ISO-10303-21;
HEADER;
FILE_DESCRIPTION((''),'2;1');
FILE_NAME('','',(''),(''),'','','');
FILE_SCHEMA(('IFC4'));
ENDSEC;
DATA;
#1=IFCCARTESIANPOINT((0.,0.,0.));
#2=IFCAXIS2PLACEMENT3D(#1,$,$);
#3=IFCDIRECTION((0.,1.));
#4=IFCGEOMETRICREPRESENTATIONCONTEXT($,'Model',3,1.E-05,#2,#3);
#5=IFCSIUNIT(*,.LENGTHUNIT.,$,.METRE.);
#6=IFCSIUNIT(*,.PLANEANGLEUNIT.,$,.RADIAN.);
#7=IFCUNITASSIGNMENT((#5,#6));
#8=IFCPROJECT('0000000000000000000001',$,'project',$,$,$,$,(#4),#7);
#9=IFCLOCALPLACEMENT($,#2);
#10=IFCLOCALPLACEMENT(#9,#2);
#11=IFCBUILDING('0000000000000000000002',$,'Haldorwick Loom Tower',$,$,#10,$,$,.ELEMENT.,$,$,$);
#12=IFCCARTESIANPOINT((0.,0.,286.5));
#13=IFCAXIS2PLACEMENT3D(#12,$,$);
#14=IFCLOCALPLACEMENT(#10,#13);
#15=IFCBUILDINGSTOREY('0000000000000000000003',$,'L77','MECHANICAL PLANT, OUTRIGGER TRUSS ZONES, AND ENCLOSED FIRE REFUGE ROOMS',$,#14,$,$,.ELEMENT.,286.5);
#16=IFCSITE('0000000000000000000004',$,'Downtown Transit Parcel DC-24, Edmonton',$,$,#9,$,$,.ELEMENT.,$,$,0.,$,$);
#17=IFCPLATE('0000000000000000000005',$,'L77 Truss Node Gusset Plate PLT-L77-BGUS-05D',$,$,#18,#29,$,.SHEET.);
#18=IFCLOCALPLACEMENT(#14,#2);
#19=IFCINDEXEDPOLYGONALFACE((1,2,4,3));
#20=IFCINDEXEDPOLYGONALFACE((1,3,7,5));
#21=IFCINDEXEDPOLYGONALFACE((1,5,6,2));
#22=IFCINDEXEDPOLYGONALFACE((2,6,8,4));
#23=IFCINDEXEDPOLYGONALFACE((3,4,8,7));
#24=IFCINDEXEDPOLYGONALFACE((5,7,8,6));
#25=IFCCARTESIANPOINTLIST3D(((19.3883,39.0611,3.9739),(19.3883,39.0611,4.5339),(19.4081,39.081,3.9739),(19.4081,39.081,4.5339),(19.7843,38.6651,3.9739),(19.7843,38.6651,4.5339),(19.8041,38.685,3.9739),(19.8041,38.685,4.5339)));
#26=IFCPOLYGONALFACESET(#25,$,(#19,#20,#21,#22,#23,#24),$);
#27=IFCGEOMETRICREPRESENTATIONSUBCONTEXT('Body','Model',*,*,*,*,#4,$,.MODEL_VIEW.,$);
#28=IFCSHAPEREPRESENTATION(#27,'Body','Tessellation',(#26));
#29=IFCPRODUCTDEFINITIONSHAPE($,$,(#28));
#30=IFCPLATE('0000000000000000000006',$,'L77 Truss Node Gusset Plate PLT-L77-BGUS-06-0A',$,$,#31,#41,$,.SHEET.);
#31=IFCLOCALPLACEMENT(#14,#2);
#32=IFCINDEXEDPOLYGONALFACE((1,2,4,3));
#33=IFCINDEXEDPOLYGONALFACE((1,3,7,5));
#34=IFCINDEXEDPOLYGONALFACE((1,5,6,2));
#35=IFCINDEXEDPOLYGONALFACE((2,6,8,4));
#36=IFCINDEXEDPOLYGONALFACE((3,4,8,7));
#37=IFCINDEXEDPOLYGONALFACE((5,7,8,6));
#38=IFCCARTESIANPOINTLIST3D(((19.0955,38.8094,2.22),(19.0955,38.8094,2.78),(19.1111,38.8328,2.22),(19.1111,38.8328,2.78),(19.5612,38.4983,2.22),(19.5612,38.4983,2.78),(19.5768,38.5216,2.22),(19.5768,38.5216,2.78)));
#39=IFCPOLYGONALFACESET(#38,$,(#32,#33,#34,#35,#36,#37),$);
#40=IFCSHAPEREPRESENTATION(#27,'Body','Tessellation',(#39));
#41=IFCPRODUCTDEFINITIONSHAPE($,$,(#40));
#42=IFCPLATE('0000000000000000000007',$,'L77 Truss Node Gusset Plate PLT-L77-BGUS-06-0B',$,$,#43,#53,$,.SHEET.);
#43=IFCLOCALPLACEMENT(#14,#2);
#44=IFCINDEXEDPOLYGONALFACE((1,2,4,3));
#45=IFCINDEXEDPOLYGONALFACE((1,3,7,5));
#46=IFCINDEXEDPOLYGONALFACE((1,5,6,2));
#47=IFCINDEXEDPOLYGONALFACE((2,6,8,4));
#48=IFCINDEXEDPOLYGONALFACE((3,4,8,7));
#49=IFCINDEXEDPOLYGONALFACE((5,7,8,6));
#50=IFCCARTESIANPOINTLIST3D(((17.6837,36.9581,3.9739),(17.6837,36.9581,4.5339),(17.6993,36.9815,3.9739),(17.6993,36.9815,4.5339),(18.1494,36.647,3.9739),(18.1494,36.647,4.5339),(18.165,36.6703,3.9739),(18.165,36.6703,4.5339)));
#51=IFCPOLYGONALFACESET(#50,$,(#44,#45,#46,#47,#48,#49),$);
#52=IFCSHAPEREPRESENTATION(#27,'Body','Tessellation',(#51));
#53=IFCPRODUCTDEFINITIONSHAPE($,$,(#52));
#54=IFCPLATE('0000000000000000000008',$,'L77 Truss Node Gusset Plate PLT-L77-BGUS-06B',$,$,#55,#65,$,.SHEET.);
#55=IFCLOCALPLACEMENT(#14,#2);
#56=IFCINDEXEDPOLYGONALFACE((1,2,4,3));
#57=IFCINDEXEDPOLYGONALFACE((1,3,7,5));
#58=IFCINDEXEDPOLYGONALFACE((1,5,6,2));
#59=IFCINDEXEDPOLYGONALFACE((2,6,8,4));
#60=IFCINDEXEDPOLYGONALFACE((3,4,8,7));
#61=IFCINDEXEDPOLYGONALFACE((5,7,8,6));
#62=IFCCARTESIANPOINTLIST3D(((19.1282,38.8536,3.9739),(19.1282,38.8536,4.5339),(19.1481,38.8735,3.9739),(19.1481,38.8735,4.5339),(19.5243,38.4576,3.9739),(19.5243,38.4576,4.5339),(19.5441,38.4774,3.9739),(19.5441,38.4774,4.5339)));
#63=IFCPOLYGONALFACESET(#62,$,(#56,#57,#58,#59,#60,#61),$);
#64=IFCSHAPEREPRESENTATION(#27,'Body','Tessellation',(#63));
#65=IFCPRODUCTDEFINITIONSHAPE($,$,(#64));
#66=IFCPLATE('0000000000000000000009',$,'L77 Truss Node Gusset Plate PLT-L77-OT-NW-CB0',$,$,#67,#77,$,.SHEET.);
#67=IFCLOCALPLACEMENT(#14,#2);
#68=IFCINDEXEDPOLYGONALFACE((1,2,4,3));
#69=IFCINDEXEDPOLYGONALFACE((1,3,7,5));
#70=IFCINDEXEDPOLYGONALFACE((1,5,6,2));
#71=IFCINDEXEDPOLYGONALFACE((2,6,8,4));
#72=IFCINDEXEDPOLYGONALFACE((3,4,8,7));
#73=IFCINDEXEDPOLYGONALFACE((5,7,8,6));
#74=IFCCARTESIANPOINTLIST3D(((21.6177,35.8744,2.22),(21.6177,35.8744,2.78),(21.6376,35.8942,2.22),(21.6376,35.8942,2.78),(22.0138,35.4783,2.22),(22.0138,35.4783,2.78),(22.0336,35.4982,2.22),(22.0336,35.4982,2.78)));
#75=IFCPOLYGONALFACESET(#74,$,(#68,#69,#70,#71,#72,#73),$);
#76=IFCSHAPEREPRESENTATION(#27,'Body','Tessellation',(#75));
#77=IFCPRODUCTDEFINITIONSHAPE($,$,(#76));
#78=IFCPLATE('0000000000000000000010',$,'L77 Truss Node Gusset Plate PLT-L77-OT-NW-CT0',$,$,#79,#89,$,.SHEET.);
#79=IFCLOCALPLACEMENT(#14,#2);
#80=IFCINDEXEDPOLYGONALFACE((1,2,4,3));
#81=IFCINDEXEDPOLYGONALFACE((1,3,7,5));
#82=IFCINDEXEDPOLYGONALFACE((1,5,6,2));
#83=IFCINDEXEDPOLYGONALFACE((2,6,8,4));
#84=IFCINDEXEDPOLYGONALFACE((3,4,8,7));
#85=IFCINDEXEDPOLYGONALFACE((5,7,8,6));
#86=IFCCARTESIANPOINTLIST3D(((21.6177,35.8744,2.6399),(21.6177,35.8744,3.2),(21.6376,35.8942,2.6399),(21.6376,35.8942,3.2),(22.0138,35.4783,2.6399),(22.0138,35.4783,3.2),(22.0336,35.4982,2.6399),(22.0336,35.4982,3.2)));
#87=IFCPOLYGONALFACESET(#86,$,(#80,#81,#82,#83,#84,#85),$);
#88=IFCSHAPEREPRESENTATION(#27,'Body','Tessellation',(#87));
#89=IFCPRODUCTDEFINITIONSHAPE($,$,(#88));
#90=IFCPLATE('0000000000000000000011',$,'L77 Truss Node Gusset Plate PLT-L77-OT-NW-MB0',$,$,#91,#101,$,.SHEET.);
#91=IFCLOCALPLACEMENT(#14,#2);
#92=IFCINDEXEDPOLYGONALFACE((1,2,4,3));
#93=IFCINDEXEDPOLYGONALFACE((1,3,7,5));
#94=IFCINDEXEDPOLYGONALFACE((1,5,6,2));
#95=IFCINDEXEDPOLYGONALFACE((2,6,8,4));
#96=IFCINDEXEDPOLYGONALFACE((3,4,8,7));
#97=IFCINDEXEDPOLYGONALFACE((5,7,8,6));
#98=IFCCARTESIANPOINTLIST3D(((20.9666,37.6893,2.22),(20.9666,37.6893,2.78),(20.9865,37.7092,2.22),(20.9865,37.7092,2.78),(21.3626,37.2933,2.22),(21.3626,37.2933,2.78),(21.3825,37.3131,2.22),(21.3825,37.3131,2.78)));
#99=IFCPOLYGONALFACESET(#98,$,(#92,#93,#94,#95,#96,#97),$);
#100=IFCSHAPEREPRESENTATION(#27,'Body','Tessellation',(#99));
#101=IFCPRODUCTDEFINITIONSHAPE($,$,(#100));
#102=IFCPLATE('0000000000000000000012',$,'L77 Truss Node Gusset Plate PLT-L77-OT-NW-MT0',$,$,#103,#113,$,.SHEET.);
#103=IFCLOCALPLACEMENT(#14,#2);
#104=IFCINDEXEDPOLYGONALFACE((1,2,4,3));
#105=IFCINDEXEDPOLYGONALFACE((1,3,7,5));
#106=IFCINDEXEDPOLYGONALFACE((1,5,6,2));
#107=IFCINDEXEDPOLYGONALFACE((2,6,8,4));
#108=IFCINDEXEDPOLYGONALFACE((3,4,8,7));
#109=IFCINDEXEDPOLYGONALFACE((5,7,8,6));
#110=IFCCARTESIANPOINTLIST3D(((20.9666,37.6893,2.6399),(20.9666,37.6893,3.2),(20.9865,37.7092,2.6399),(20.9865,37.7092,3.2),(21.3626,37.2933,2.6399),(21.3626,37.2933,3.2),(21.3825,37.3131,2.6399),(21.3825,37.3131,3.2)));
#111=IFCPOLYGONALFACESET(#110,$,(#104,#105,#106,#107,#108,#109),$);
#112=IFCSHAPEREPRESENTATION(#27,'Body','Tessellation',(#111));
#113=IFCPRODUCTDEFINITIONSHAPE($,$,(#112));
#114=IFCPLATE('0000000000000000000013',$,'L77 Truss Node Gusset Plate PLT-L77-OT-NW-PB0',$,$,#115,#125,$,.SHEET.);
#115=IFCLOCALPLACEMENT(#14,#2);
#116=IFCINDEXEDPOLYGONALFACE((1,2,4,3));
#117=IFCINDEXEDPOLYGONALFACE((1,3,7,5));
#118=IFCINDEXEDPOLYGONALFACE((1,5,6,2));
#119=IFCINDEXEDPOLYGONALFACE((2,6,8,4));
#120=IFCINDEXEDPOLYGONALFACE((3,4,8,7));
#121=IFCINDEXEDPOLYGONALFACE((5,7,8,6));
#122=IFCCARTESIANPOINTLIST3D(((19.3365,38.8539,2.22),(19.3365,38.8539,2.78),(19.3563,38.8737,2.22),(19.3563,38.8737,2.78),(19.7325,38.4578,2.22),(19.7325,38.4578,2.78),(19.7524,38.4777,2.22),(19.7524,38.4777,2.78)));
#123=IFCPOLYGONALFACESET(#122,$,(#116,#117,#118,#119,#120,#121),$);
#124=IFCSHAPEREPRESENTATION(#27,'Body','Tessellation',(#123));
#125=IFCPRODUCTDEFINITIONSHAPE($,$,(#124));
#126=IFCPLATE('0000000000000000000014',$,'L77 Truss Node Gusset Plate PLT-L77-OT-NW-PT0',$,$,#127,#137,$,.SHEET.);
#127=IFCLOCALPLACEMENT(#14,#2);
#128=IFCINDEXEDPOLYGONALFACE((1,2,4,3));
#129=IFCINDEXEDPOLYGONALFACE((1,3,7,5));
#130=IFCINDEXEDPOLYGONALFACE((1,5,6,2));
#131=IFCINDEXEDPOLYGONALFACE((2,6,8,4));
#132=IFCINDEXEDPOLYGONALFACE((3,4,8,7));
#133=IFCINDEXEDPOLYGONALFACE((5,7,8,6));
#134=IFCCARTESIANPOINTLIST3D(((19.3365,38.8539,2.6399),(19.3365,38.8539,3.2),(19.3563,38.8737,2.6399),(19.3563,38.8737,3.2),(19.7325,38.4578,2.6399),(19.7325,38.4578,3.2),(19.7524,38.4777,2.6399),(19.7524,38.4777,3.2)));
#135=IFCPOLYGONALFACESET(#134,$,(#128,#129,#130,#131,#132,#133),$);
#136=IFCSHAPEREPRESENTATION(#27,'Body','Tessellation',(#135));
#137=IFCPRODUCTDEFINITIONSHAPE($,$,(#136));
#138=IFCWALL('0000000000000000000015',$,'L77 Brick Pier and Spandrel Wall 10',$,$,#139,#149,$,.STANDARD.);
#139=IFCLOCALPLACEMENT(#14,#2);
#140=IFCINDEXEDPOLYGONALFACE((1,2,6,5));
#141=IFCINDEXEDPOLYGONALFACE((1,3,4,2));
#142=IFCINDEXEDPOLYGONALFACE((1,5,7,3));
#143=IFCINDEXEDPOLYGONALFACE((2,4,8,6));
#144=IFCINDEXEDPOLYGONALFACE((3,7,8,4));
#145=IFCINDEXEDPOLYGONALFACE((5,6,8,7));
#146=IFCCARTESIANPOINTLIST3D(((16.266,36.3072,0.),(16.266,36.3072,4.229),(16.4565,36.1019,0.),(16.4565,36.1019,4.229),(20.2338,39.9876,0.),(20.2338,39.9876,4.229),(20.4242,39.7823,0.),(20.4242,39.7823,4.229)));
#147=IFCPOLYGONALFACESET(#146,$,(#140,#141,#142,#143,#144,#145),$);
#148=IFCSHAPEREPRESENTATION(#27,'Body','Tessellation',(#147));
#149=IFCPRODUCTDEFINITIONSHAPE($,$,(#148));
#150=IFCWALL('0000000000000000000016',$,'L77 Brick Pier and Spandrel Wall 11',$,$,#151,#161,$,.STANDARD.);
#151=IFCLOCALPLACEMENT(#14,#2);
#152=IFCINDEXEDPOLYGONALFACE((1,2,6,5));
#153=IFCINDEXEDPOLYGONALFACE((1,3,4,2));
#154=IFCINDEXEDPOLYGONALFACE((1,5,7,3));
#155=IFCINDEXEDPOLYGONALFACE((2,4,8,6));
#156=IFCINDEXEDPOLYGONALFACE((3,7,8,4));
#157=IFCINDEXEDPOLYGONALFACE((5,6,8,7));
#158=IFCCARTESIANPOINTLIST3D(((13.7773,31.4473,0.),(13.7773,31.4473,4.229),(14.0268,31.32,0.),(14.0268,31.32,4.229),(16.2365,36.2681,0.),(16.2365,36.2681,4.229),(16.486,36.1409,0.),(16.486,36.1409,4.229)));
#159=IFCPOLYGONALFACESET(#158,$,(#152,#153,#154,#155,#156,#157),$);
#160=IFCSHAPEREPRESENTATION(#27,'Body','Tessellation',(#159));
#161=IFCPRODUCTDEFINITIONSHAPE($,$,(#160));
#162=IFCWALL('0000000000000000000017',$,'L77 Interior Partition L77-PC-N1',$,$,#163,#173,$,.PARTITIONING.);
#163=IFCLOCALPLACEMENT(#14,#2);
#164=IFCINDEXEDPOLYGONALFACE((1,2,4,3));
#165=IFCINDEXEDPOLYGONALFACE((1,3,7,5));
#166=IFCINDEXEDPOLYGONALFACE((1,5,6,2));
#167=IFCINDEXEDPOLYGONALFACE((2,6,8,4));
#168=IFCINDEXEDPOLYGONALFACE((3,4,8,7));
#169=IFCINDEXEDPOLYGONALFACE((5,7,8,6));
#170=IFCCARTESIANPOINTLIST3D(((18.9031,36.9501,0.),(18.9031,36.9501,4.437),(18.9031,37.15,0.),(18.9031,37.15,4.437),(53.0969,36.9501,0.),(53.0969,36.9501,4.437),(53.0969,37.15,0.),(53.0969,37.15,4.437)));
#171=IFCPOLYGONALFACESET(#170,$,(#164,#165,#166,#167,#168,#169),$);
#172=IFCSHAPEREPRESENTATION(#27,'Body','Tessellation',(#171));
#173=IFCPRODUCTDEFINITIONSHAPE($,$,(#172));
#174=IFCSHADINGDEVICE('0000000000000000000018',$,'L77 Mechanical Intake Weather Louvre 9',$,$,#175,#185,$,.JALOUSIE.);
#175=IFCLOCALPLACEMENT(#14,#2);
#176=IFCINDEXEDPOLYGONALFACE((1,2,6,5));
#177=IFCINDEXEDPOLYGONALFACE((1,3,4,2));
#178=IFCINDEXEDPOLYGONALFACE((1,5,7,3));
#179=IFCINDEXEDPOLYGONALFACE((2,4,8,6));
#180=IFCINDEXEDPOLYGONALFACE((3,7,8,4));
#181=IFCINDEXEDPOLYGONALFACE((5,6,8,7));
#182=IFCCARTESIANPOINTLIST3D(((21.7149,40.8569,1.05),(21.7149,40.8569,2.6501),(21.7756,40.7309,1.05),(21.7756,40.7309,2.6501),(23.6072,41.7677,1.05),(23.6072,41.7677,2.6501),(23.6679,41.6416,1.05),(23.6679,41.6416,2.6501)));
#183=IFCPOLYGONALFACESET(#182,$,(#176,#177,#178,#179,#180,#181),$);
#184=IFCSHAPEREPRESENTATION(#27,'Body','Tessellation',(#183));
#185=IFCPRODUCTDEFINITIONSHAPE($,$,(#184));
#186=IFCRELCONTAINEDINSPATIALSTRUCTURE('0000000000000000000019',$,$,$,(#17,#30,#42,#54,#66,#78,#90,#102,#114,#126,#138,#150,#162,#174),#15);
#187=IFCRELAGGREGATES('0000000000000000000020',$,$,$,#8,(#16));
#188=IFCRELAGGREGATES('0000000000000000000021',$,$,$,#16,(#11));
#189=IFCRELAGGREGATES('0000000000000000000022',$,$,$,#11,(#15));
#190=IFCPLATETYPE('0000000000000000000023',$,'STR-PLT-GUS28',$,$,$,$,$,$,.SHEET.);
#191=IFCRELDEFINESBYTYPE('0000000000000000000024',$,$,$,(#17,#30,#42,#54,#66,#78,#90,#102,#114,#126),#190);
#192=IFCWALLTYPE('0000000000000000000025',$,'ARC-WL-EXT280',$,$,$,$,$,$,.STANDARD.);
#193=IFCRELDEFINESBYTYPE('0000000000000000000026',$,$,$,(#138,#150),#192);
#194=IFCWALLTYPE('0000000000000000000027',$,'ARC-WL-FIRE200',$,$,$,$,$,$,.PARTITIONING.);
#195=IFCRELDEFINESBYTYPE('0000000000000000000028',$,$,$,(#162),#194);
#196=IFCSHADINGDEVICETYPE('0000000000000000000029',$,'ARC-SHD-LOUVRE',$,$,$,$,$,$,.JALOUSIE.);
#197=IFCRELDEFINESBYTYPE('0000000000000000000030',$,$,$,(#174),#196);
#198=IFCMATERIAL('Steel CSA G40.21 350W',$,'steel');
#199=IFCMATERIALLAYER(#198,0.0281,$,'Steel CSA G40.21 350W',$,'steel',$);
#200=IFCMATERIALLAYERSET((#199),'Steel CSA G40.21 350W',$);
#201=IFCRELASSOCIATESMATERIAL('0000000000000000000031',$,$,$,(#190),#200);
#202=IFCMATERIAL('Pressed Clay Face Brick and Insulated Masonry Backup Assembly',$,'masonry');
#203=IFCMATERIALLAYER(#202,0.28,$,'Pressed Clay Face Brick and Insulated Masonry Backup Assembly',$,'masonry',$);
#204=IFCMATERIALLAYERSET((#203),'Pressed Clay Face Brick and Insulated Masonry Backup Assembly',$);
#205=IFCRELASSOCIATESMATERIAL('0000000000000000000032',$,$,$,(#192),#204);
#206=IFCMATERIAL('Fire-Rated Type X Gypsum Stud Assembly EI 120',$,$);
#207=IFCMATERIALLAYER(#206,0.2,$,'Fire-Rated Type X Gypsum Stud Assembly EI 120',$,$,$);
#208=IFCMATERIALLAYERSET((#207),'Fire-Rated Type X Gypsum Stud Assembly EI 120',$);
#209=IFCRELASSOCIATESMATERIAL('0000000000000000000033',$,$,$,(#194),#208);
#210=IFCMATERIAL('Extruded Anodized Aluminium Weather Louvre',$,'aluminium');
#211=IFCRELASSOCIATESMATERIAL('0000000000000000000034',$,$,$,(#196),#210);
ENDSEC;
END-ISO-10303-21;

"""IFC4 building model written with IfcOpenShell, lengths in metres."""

from ifc_helpers import new_model, si_unit, direction, frame, frame_2d, origin, origin_2d, place, context, subcontext, project, spatial, rectangle, extrude, material, layer, layer_set, type_object, element, save


model = new_model("IFC4")

# Units and contexts
model_context = context("Model", 3, precision=1e-05, world=origin(), true_north=direction((0.0, 1.0)))
body_context = subcontext(model_context, "Body", "Model", "MODEL_VIEW")
ifc_project = project(units=[si_unit("LENGTHUNIT", "METRE"), si_unit("PLANEANGLEUNIT", "RADIAN")], contexts=[model_context])

# Site, building, storey
site_placement = place(None, origin())
site = spatial("IfcSite", under=ifc_project, at=site_placement, Name="Downtown Transit Parcel DC-24, Edmonton", CompositionType="ELEMENT", RefElevation=0.0)
building_placement = place(site_placement, origin())
building = spatial("IfcBuilding", under=site, at=building_placement, Name="Haldorwick Loom Tower", CompositionType="ELEMENT")
storey_placement = place(building_placement, frame((0.0, 0.0, 286.5)))
storey = spatial("IfcBuildingStorey", under=building, at=storey_placement, Name="L77", Description="MECHANICAL PLANT, OUTRIGGER TRUSS ZONES, AND ENCLOSED FIRE REFUGE ROOMS", CompositionType="ELEMENT", Elevation=286.5)

# Shared definitions
ifc_material_1 = material(Name="Steel CSA G40.21 350W", Category="steel")

# Plates
ifc_layer_1 = layer(ifc_material_1, 0.0281, Name="Steel CSA G40.21 350W", Category="steel")
ifc_layer_set_1 = layer_set([ifc_layer_1], Name="Steel CSA G40.21 350W")
plate_type = type_object("IfcPlateType", Name="STR-PLT-GUS28", PredefinedType="SHEET", material=ifc_layer_set_1)
for number, where, z_axis, x_axis, name in (
    (1, (19.5962, 38.873, 3.9739), (0.0, 0.0, 1.0), (-0.707107, 0.707107, 0.0), "L77 Truss Node Gusset Plate PLT-L77-BGUS-05D"),
    (2, (19.3362, 38.6655, 2.22), (0.0, 0.0, 1.0), (-0.83147, 0.55557, 0.0), "L77 Truss Node Gusset Plate PLT-L77-BGUS-06-0A"),
    (3, (17.9243, 36.8142, 3.9739), (0.0, 0.0, 1.0), (-0.83147, 0.55557, 0.0), "L77 Truss Node Gusset Plate PLT-L77-BGUS-06-0B"),
    (4, (19.3362, 38.6655, 3.9739), (0.0, 0.0, 1.0), (-0.707107, 0.707107, 0.0), "L77 Truss Node Gusset Plate PLT-L77-BGUS-06B"),
    (5, (21.8257, 35.6863, 2.22), (0.0, 0.0, 1.0), (-0.707107, 0.707107, 0.0), "L77 Truss Node Gusset Plate PLT-L77-OT-NW-CB0"),
    (6, (21.8257, 35.6863, 2.6399), (0.0, 0.0, 1.0), (-0.707107, 0.707107, 0.0), "L77 Truss Node Gusset Plate PLT-L77-OT-NW-CT0"),
    (7, (21.1746, 37.5012, 2.22), (0.0, 0.0, 1.0), (-0.707107, 0.707107, 0.0), "L77 Truss Node Gusset Plate PLT-L77-OT-NW-MB0"),
    (8, (21.1746, 37.5012, 2.6399), (0.0, 0.0, 1.0), (-0.707107, 0.707107, 0.0), "L77 Truss Node Gusset Plate PLT-L77-OT-NW-MT0"),
    (9, (19.5444, 38.6658, 2.22), (0.0, 0.0, 1.0), (-0.707107, 0.707107, 0.0), "L77 Truss Node Gusset Plate PLT-L77-OT-NW-PB0"),
    (10, (19.5444, 38.6658, 2.6399), (0.0, 0.0, 1.0), (-0.707107, 0.707107, 0.0), "L77 Truss Node Gusset Plate PLT-L77-OT-NW-PT0"),
):
    element("IfcPlate", number, at=place(storey_placement, frame(where, z_axis=z_axis, x_axis=x_axis)), inside=storey, type_object=plate_type, Name=name, PredefinedType="SHEET", context=body_context, shape_type="SweptSolid", body=[
        extrude(rectangle(XDim=0.5601, YDim=0.0281, at=origin_2d()), origin(), (0.0, 0.0, 1.0), 0.5601),
    ])

# Walls
ifc_material_2 = material(Name="Pressed Clay Face Brick and Insulated Masonry Backup Assembly", Category="masonry")
ifc_layer_2 = layer(ifc_material_2, 0.28, Name="Pressed Clay Face Brick and Insulated Masonry Backup Assembly", Category="masonry")
ifc_layer_set_2 = layer_set([ifc_layer_2], Name="Pressed Clay Face Brick and Insulated Masonry Backup Assembly")
wall_type_1 = type_object("IfcWallType", Name="ARC-WL-EXT280", PredefinedType="STANDARD", material=ifc_layer_set_2)
for number, where, z_axis, x_axis, name in (
    (11, (20.3291, 39.885, 0.0), (0.0, 0.0, 1.0), (-0.733157, -0.68006, 0.0), "L77 Brick Pier and Spandrel Wall 10"),
    (12, (16.3613, 36.2046, 0.0), (0.0, 0.0, 1.0), (-0.454417, -0.890789, 0.0), "L77 Brick Pier and Spandrel Wall 11"),
):
    element("IfcWall", number, at=place(storey_placement, frame(where, z_axis=z_axis, x_axis=x_axis)), inside=storey, type_object=wall_type_1, Name=name, PredefinedType="STANDARD", context=body_context, shape_type="SweptSolid", body=[
        extrude(rectangle(XDim=5.4119, YDim=0.28, at=frame_2d((2.7061, 0.0))), origin(), (0.0, 0.0, 1.0), 4.229),
    ])
ifc_material_3 = material(Name="Fire-Rated Type X Gypsum Stud Assembly EI 120")
ifc_layer_3 = layer(ifc_material_3, 0.2, Name="Fire-Rated Type X Gypsum Stud Assembly EI 120")
ifc_layer_set_3 = layer_set([ifc_layer_3], Name="Fire-Rated Type X Gypsum Stud Assembly EI 120")
wall_type_2 = type_object("IfcWallType", Name="ARC-WL-FIRE200", PredefinedType="PARTITIONING", material=ifc_layer_set_3)
wall_placement = place(storey_placement, frame((18.9031, 37.05, 0.0), z_axis=(0.0, 0.0, 1.0), x_axis=(1.0, 0.0, 0.0)))
element("IfcWall", 13, at=wall_placement, inside=storey, type_object=wall_type_2, Name="L77 Interior Partition L77-PC-N1", PredefinedType="PARTITIONING", context=body_context, shape_type="SweptSolid", body=[
    extrude(rectangle(XDim=34.1938, YDim=0.2, at=frame_2d((17.0969, 0.0))), origin(), (0.0, 0.0, 1.0), 4.437),
])

# Shading device
ifc_material_4 = material(Name="Extruded Anodized Aluminium Weather Louvre", Category="aluminium")
shading_device_type = type_object("IfcShadingDeviceType", Name="ARC-SHD-LOUVRE", PredefinedType="JALOUSIE", material=ifc_material_4)
shading_device_placement = place(storey_placement, frame((22.6914, 41.2493, 1.05), z_axis=(0.0, 0.0, 1.0), x_axis=(-0.901077, -0.433659, 0.0)))
element("IfcShadingDevice", 14, at=shading_device_placement, inside=storey, type_object=shading_device_type, Name="L77 Mechanical Intake Weather Louvre 9", PredefinedType="JALOUSIE", context=body_context, shape_type="SweptSolid", body=[
    extrude(rectangle(XDim=2.1001, YDim=0.1399, at=origin_2d()), origin(), (0.0, 0.0, 1.0), 1.6001),
])

save(model, "model.ifc")
